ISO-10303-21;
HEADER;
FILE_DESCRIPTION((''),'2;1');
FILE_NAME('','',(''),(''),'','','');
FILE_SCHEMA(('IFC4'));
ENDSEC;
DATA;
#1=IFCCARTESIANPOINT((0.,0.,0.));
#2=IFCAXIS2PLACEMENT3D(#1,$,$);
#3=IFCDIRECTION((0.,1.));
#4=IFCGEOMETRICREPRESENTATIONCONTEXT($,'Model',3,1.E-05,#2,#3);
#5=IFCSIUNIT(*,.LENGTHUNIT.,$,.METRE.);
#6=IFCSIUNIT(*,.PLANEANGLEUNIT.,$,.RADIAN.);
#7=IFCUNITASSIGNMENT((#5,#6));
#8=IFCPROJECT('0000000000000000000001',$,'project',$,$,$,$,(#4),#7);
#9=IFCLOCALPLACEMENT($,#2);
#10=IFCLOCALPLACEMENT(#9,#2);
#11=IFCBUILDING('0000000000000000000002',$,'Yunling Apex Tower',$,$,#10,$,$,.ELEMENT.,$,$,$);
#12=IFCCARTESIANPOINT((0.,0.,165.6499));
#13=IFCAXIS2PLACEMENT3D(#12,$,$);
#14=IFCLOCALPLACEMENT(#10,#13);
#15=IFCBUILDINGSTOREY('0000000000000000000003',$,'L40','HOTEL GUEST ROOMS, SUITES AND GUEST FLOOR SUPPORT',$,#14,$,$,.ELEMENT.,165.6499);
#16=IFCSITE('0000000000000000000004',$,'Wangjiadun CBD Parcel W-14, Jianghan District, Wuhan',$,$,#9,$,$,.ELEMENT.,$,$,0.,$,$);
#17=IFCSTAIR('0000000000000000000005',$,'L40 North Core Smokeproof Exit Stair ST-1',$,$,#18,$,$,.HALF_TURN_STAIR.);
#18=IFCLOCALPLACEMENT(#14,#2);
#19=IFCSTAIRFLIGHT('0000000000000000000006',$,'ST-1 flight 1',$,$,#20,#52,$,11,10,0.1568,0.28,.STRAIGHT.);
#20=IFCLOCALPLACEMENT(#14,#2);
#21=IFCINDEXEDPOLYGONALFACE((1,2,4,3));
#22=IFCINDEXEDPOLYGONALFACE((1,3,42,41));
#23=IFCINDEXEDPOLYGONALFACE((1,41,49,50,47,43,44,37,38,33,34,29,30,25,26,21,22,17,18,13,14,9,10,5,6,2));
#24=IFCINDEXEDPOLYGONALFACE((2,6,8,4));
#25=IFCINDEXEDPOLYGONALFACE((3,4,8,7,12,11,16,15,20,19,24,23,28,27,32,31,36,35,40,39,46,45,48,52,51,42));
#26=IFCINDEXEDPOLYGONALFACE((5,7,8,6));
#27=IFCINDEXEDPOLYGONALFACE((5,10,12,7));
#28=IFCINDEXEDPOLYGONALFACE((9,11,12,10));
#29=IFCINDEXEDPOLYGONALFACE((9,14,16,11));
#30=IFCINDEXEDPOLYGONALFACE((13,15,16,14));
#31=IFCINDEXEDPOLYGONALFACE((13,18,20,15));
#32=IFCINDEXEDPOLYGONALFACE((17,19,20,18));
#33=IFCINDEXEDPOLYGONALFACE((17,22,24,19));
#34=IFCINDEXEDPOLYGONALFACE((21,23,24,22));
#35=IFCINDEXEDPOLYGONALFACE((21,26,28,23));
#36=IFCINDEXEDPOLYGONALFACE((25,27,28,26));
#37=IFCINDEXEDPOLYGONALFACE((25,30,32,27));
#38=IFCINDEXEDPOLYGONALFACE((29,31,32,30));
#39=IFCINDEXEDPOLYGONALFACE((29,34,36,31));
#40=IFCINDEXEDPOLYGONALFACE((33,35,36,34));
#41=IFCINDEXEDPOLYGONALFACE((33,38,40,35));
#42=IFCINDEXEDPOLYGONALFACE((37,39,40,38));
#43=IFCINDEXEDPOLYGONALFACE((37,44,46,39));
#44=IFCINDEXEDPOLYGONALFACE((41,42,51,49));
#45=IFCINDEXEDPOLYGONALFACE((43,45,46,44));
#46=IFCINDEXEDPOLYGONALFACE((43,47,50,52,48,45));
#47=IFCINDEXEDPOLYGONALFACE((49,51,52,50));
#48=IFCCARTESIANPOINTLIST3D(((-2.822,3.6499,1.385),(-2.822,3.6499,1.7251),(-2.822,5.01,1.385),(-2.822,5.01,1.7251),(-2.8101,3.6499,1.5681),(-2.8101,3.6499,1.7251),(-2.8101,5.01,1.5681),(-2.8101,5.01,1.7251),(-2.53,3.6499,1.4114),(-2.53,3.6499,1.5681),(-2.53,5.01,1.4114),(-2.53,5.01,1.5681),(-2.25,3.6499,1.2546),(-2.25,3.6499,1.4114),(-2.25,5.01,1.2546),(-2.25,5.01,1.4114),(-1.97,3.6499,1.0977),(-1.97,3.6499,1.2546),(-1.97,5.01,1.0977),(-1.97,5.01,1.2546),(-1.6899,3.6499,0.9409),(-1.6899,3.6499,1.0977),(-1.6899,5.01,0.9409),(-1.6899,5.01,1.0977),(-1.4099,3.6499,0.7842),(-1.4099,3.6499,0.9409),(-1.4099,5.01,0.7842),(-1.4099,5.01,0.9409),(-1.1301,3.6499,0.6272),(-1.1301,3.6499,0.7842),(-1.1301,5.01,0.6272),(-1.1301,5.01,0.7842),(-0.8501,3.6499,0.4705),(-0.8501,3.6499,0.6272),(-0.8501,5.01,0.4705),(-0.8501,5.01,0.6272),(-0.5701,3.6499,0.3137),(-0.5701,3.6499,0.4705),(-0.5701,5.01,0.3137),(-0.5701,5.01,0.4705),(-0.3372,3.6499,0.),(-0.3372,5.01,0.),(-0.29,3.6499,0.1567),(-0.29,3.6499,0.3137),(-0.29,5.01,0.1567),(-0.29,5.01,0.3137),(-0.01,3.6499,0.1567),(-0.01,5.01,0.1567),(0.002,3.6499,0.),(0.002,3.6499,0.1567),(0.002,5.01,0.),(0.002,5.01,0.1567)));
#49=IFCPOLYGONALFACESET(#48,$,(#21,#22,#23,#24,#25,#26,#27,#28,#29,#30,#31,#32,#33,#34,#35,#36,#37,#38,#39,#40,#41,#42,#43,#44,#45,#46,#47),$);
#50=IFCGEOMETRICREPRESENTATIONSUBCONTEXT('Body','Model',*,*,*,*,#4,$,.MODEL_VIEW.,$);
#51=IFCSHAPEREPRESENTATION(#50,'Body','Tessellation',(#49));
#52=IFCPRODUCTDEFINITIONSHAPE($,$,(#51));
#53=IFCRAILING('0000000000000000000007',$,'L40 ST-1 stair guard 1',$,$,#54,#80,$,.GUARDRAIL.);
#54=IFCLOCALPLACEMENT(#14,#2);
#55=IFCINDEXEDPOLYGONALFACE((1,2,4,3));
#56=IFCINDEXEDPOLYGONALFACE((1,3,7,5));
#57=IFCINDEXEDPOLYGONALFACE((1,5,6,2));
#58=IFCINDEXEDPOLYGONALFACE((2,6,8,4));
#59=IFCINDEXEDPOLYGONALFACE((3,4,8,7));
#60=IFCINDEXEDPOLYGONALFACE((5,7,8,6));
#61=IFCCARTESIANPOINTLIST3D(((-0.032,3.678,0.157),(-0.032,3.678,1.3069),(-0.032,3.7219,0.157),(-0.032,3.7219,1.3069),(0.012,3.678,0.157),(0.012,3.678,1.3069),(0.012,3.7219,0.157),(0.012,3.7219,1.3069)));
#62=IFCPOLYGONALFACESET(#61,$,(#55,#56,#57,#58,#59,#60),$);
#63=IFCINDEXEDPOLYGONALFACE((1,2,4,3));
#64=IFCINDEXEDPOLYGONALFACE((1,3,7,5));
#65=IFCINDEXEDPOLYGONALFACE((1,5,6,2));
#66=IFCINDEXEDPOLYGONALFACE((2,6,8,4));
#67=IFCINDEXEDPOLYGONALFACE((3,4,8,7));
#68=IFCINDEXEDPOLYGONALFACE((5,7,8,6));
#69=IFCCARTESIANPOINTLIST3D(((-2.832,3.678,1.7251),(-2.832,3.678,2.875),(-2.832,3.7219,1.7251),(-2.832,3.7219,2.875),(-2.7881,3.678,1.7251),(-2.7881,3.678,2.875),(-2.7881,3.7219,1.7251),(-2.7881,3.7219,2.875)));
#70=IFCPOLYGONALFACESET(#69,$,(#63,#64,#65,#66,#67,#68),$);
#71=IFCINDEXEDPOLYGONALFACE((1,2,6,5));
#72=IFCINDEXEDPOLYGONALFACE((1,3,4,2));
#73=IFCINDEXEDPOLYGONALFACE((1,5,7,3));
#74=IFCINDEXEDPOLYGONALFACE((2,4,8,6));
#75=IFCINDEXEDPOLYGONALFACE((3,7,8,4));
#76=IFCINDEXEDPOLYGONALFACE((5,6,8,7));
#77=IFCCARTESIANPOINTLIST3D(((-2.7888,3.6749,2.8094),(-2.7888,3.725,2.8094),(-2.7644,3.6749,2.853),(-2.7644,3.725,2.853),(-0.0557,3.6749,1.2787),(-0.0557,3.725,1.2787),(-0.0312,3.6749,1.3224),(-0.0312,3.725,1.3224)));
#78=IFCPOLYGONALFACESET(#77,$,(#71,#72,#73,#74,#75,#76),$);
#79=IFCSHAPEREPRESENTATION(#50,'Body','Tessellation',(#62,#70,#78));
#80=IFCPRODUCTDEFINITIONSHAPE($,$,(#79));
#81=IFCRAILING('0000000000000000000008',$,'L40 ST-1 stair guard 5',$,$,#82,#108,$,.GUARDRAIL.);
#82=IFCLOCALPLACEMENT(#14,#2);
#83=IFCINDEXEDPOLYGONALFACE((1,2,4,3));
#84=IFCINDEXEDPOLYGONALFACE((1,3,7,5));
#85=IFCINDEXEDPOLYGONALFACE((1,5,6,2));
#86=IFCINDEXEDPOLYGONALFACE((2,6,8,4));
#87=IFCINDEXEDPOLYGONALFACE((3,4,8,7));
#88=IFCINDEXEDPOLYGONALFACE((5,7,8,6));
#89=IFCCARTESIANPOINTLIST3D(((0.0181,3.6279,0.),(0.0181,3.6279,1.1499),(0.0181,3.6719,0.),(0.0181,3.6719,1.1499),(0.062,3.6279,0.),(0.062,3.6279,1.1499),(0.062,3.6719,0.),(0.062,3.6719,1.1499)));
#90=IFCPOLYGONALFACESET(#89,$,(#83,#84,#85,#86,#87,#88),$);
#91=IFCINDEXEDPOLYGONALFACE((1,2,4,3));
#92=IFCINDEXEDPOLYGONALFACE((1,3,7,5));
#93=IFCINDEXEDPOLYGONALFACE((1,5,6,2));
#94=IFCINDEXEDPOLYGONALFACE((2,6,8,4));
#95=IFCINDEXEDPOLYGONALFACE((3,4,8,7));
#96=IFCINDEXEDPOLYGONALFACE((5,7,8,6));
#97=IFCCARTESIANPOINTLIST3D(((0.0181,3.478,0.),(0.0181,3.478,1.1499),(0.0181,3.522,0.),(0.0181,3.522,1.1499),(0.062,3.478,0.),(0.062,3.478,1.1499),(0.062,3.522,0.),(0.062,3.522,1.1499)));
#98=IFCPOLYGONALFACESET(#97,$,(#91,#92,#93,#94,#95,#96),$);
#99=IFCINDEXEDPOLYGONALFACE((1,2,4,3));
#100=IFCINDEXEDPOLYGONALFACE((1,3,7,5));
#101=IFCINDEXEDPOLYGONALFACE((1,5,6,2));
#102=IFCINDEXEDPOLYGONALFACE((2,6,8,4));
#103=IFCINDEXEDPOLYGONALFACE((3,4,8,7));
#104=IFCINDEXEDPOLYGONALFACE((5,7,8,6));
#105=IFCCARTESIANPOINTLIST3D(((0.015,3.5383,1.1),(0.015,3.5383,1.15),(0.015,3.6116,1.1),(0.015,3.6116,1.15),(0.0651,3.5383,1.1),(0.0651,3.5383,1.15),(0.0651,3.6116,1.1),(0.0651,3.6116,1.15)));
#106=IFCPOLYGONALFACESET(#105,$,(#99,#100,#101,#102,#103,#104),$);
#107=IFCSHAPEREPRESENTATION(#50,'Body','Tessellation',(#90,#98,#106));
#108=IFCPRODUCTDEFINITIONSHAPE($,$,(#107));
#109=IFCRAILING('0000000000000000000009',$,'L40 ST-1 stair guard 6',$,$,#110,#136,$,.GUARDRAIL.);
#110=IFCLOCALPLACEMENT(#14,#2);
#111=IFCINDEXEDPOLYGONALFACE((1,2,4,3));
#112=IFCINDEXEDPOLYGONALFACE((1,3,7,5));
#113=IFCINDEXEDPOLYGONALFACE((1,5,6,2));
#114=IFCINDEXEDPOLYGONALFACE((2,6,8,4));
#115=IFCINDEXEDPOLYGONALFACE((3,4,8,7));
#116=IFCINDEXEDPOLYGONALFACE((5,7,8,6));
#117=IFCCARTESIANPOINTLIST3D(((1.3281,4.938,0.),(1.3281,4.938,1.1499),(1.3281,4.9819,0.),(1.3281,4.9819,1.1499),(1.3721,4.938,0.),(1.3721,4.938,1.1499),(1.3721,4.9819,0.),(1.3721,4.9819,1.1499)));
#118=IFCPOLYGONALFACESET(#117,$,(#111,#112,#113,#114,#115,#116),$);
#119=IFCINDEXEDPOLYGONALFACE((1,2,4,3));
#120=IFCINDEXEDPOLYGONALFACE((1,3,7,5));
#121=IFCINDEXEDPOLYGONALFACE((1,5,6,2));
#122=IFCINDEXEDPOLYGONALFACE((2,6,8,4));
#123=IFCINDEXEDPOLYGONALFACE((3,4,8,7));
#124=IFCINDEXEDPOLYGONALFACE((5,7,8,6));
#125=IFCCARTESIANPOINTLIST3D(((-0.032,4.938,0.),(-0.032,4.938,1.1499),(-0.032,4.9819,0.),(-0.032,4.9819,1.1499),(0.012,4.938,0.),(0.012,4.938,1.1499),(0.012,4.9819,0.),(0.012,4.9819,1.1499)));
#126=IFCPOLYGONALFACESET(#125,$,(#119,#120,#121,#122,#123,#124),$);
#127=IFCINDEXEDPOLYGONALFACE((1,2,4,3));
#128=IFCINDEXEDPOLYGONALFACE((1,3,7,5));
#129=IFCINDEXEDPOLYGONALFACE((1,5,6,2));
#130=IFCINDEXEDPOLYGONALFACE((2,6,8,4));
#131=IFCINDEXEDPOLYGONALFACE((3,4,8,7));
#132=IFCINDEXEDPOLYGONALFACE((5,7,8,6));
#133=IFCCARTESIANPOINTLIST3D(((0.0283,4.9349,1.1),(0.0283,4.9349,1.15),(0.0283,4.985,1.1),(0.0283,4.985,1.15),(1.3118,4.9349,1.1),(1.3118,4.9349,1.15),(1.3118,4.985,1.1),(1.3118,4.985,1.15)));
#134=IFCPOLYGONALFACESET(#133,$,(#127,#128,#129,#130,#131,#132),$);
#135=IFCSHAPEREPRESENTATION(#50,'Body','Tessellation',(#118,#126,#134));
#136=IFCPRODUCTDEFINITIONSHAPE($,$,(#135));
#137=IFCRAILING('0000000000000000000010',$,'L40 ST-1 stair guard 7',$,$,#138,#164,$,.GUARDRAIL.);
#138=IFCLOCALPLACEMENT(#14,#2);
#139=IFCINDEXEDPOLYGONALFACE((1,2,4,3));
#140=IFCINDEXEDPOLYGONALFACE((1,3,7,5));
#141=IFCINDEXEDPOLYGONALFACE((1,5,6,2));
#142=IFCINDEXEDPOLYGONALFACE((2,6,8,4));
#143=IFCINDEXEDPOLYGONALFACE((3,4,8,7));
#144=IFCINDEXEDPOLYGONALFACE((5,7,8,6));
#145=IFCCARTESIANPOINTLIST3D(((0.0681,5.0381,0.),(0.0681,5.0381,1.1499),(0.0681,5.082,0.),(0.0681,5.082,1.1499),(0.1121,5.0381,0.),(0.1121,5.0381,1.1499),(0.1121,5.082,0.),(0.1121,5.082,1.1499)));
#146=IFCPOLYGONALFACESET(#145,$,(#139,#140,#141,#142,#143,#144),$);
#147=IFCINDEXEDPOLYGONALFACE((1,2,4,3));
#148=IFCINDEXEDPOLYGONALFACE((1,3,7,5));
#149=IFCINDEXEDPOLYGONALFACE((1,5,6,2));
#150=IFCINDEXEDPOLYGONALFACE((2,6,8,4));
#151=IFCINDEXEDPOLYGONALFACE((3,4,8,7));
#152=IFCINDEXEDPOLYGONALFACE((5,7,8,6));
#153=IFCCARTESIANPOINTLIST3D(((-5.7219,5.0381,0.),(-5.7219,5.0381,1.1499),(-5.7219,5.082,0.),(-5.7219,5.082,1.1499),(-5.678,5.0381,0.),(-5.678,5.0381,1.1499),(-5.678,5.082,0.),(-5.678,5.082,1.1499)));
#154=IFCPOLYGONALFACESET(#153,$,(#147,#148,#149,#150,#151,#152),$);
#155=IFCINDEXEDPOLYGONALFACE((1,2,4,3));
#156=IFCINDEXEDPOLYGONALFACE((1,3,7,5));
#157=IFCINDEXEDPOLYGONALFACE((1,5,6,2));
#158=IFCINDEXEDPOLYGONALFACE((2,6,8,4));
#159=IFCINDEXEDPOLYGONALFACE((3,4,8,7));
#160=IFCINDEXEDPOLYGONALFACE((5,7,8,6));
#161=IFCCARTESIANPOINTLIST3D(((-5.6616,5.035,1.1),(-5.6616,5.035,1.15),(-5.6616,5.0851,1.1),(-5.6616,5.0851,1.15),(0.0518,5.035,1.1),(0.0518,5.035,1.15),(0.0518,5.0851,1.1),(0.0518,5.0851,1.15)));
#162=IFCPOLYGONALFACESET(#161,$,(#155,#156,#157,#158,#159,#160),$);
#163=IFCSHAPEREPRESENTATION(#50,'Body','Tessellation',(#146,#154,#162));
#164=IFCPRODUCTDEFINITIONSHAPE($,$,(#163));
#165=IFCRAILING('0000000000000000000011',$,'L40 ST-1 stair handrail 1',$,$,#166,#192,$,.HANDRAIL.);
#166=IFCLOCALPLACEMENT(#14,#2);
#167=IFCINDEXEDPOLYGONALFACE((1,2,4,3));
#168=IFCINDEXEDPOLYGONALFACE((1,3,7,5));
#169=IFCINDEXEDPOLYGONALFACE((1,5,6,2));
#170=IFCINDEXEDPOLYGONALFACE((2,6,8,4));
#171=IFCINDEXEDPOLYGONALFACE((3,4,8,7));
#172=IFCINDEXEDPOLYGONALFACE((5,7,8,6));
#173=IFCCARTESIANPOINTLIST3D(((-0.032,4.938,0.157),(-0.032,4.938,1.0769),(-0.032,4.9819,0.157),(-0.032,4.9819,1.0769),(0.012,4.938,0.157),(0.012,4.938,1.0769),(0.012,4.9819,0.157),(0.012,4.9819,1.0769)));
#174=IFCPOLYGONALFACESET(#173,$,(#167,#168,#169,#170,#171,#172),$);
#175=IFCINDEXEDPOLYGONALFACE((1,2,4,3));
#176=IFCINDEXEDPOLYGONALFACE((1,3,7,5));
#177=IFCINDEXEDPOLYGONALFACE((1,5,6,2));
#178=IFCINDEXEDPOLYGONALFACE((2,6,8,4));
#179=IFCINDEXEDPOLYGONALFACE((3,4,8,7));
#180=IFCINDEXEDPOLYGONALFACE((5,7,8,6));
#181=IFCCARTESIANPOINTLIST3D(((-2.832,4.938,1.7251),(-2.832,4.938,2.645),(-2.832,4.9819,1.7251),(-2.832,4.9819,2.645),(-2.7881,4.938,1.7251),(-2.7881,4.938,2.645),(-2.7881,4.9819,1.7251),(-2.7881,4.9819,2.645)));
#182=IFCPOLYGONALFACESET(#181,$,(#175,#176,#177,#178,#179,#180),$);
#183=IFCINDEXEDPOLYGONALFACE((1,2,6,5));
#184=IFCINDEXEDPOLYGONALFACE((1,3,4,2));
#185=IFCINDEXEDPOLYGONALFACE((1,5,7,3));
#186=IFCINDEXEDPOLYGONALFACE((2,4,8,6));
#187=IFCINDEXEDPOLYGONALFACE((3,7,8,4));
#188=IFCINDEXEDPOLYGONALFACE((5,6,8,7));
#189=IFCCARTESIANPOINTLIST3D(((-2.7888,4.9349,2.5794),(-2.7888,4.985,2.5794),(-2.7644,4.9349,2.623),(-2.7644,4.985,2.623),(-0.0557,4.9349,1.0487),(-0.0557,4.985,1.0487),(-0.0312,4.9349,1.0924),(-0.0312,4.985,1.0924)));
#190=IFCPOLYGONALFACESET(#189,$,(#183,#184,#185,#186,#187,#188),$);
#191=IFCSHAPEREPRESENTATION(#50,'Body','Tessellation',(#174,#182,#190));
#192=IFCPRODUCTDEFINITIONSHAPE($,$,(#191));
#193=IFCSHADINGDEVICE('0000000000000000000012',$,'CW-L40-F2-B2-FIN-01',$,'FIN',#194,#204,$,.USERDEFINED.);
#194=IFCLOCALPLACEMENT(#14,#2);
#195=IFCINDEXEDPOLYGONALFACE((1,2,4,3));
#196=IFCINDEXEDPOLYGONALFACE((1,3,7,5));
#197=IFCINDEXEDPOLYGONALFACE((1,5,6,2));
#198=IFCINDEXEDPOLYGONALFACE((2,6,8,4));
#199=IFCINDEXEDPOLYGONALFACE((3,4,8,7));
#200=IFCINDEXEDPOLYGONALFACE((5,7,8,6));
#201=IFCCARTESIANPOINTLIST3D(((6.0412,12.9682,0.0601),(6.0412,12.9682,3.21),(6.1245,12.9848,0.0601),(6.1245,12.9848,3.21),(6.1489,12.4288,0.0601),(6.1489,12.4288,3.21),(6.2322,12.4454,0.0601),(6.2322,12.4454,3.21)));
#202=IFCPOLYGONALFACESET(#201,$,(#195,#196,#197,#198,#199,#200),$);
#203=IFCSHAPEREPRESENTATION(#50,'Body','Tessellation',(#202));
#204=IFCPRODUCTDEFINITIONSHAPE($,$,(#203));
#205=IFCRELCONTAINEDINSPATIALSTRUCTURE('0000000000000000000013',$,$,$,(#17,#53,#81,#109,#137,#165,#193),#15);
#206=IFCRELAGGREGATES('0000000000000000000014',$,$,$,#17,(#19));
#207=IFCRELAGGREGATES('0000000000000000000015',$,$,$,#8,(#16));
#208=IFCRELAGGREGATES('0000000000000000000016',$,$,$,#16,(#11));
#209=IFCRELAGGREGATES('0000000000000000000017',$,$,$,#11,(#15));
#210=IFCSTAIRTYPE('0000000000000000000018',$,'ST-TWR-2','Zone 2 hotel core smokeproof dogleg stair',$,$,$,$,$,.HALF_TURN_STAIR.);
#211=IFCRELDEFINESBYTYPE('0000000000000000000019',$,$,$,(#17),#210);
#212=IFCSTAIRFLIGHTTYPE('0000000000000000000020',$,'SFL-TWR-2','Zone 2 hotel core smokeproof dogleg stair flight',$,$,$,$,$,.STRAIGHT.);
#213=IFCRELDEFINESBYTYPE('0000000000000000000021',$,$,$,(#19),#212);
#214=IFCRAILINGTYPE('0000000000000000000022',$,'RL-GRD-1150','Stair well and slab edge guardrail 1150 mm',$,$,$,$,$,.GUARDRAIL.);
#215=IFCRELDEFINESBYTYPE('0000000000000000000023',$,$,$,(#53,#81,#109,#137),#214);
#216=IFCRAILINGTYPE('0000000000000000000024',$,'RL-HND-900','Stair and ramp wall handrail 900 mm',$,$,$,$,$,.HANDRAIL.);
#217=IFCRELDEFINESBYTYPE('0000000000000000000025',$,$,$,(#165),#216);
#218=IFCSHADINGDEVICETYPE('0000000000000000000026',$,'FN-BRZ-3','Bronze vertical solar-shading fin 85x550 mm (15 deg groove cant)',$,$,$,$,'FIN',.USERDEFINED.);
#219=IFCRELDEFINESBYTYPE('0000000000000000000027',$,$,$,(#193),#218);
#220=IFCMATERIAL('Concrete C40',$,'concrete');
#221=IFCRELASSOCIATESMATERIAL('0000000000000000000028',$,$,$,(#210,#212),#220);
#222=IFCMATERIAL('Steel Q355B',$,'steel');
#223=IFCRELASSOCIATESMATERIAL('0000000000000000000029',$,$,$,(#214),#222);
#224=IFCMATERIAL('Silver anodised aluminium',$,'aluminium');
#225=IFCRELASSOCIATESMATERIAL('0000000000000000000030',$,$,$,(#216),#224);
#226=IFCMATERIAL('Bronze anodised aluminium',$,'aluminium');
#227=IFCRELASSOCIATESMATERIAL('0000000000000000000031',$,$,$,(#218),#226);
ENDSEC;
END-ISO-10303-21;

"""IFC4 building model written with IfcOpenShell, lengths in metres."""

from ifc_helpers import new_model, si_unit, direction, frame, origin, origin_2d, place, context, subcontext, project, spatial, polyline, rectangle, outline, extrude, source, transform, mapped, material, material_profile, profile_set, type_object, element, aggregate, save


model = new_model("IFC4")

# Units and contexts
model_context = context("Model", 3, precision=1e-05, world=origin(), true_north=direction((0.0, 1.0)))
body_context = subcontext(model_context, "Body", "Model", "MODEL_VIEW")
ifc_project = project(units=[si_unit("LENGTHUNIT", "METRE"), si_unit("PLANEANGLEUNIT", "RADIAN")], contexts=[model_context])

# Site, building, storey
site_placement = place(None, origin())
site = spatial("IfcSite", under=ifc_project, at=site_placement, Name="Wangjiadun CBD Parcel W-14, Jianghan District, Wuhan", CompositionType="ELEMENT", RefElevation=0.0)
building_placement = place(site_placement, origin())
building = spatial("IfcBuilding", under=site, at=building_placement, Name="Yunling Apex Tower", CompositionType="ELEMENT")
storey_placement = place(building_placement, frame((0.0, 0.0, 165.6499)))
storey = spatial("IfcBuildingStorey", under=building, at=storey_placement, Name="L40", Description="HOTEL GUEST ROOMS, SUITES AND GUEST FLOOR SUPPORT", CompositionType="ELEMENT", Elevation=165.6499)

# Shared definitions
ifc_material_1 = material(Name="Steel Q355B", Category="steel")

# Shared definitions
ifc_material_2 = material(Name="Bronze anodised aluminium", Category="aluminium")

# Shared definitions
ifc_material_3 = material(Name="Concrete C40", Category="concrete")

# Stair
stair_type = type_object("IfcStairType", Name="ST-TWR-2", Description="Zone 2 hotel core smokeproof dogleg stair", PredefinedType="HALF_TURN_STAIR", material=ifc_material_3)
stair_1_placement = place(storey_placement, origin())
stair_1 = element("IfcStair", 1, at=stair_1_placement, inside=storey, type_object=stair_type, Name="L40 North Core Smokeproof Exit Stair ST-1", PredefinedType="HALF_TURN_STAIR")

# Stair flight
stair_flight_type = type_object("IfcStairFlightType", Name="SFL-TWR-2", Description="Zone 2 hotel core smokeproof dogleg stair flight", PredefinedType="STRAIGHT", material=ifc_material_3)
stair_flight_placement = place(storey_placement, frame((-0.01, 4.3301, 0.0), z_axis=(0.0, 0.0, 1.0), x_axis=(-1.0, 0.0, 0.0)))
stair_flight = element("IfcStairFlight", 2, at=stair_flight_placement, type_object=stair_flight_type, Name="ST-1 flight 1", NumberOfRisers=11, NumberOfTreads=10, PredefinedType="STRAIGHT", RiserHeight=0.1568, TreadLength=0.28, context=body_context, shape_type="SweptSolid", body=[
    extrude(outline(polyline([(-0.012, 0.0), (-0.012, 0.1567), (0.0, 0.1567), (0.28, 0.1567), (0.28, 0.3137), (0.5601, 0.3137), (0.5601, 0.4705), (0.8401, 0.4705), (0.8401, 0.6272), (1.1201, 0.6272), (1.1201, 0.7842), (1.3999, 0.7842), (1.3999, 0.9409), (1.6799, 0.9409), (1.6799, 1.0977), (1.96, 1.0977), (1.96, 1.2546), (2.24, 1.2546), (2.24, 1.4114), (2.52, 1.4114), (2.52, 1.5681), (2.8, 1.5681), (2.8, 1.7251), (2.812, 1.7251), (2.812, 1.385), (0.3271, 0.0), (-0.012, 0.0)])), frame((0.0, 0.6802, 0.0), z_axis=(0.0, -1.0, 0.0), x_axis=(1.0, 0.0, 0.0)), (0.0, 0.0, 1.0), 1.3601),
])
aggregate(stair_1, [stair_flight])

# Railings
railing_type_1 = type_object("IfcRailingType", Name="RL-GRD-1150", Description="Stair well and slab edge guardrail 1150 mm", PredefinedType="GUARDRAIL", material=ifc_material_1)
railing_1_placement = place(storey_placement, frame((-0.01, 3.7, 0.157)))
element("IfcRailing", 3, at=railing_1_placement, inside=storey, type_object=railing_type_1, Name="L40 ST-1 stair guard 1", PredefinedType="GUARDRAIL", context=body_context, shape_type="SweptSolid", body=[
    extrude(rectangle(XDim=0.0439, YDim=0.0439, at=origin_2d()), origin(), (0.0, 0.0, 1.0), 1.1499),
    extrude(rectangle(XDim=0.0439, YDim=0.0439, at=origin_2d()), frame((-2.8, 0.0, 1.5681)), (0.0, 0.0, 1.0), 1.1499),
    extrude(rectangle(XDim=0.05, YDim=0.05, at=origin_2d()), frame((-0.0334, 0.0, 1.1436), z_axis=(-0.872494, 0.0, 0.488624), x_axis=(0.0, -1.0, 0.0)), (0.0, 0.0, 1.0), 3.1326),
])
railing_2_placement = place(storey_placement, frame((0.04, 3.6499, 0.0)))
element("IfcRailing", 4, at=railing_2_placement, inside=storey, type_object=railing_type_1, Name="L40 ST-1 stair guard 5", PredefinedType="GUARDRAIL", context=body_context, shape_type="SweptSolid", body=[
    extrude(rectangle(XDim=0.0439, YDim=0.0439, at=origin_2d()), origin(), (0.0, 0.0, 1.0), 1.1499),
    extrude(rectangle(XDim=0.0439, YDim=0.0439, at=origin_2d()), frame((0.0, -0.1499, 0.0)), (0.0, 0.0, 1.0), 1.1499),
    extrude(rectangle(XDim=0.05, YDim=0.05, at=origin_2d()), frame((0.0, -0.0383, 1.125), z_axis=(0.0, -1.0, 0.0), x_axis=(1.0, 0.0, 0.0)), (0.0, 0.0, 1.0), 0.0732),
])
railing_3_placement = place(storey_placement, frame((1.3501, 4.96, 0.0)))
element("IfcRailing", 5, at=railing_3_placement, inside=storey, type_object=railing_type_1, Name="L40 ST-1 stair guard 6", PredefinedType="GUARDRAIL", context=body_context, shape_type="SweptSolid", body=[
    extrude(rectangle(XDim=0.0439, YDim=0.0439, at=origin_2d()), origin(), (0.0, 0.0, 1.0), 1.1499),
    extrude(rectangle(XDim=0.0439, YDim=0.0439, at=origin_2d()), frame((-1.3601, 0.0, 0.0)), (0.0, 0.0, 1.0), 1.1499),
    extrude(rectangle(XDim=0.05, YDim=0.05, at=origin_2d()), frame((-0.0383, 0.0, 1.125), z_axis=(-1.0, 0.0, 0.0), x_axis=(0.0, -1.0, 0.0)), (0.0, 0.0, 1.0), 1.2834),
])
railing_4_placement = place(storey_placement, frame((0.0901, 5.0601, 0.0)))
element("IfcRailing", 6, at=railing_4_placement, inside=storey, type_object=railing_type_1, Name="L40 ST-1 stair guard 7", PredefinedType="GUARDRAIL", context=body_context, shape_type="SweptSolid", body=[
    extrude(rectangle(XDim=0.0439, YDim=0.0439, at=origin_2d()), origin(), (0.0, 0.0, 1.0), 1.1499),
    extrude(rectangle(XDim=0.0439, YDim=0.0439, at=origin_2d()), frame((-5.79, 0.0, 0.0)), (0.0, 0.0, 1.0), 1.1499),
    extrude(rectangle(XDim=0.05, YDim=0.05, at=origin_2d()), frame((-0.0383, 0.0, 1.125), z_axis=(-1.0, 0.0, 0.0), x_axis=(0.0, -1.0, 0.0)), (0.0, 0.0, 1.0), 5.7134),
])
ifc_material_4 = material(Name="Silver anodised aluminium", Category="aluminium")
railing_type_2 = type_object("IfcRailingType", Name="RL-HND-900", Description="Stair and ramp wall handrail 900 mm", PredefinedType="HANDRAIL", material=ifc_material_4)
railing_5_placement = place(storey_placement, frame((-0.01, 4.96, 0.157)))
element("IfcRailing", 7, at=railing_5_placement, inside=storey, type_object=railing_type_2, Name="L40 ST-1 stair handrail 1", PredefinedType="HANDRAIL", context=body_context, shape_type="SweptSolid", body=[
    extrude(rectangle(XDim=0.0439, YDim=0.0439, at=origin_2d()), origin(), (0.0, 0.0, 1.0), 0.9199),
    extrude(rectangle(XDim=0.0439, YDim=0.0439, at=origin_2d()), frame((-2.8, 0.0, 1.5681)), (0.0, 0.0, 1.0), 0.9199),
    extrude(rectangle(XDim=0.05, YDim=0.05, at=origin_2d()), frame((-0.0334, 0.0, 0.9136), z_axis=(-0.872494, 0.0, 0.488624), x_axis=(0.0, -1.0, 0.0)), (0.0, 0.0, 1.0), 3.1326),
])

# Shading device
ifc_material_profile_1 = material_profile(ifc_material_2, rectangle(XDim=0.085, YDim=0.55, at=origin_2d()))
ifc_profile_set_1 = profile_set([ifc_material_profile_1], Name="Bronze anodised aluminium")
shading_device_type = type_object("IfcShadingDeviceType", Name="FN-BRZ-3", Description="Bronze vertical solar-shading fin 85x550 mm (15 deg groove cant)", ElementType="FIN", PredefinedType="USERDEFINED", material=ifc_profile_set_1)
shared_shape_1 = source(origin(), body_context, "Body", "SweptSolid", [
    extrude(rectangle(XDim=0.085, YDim=0.55, at=origin_2d()), origin(), (0.0, 0.0, 1.0), 3.1499),
])
shading_device_placement = place(storey_placement, frame((6.1367, 12.7068, 0.0601), z_axis=(0.0, 0.0, 1.0), x_axis=(-0.980649, -0.195775, 0.0)))
element("IfcShadingDevice", 8, at=shading_device_placement, inside=storey, type_object=shading_device_type, Name="CW-L40-F2-B2-FIN-01", ObjectType="FIN", PredefinedType="USERDEFINED", context=body_context, shape_type="MappedRepresentation", body=[
    mapped(shared_shape_1, transform((0.0, 0.0, 0.0), scale=1.0)),
])

save(model, "model.ifc")
